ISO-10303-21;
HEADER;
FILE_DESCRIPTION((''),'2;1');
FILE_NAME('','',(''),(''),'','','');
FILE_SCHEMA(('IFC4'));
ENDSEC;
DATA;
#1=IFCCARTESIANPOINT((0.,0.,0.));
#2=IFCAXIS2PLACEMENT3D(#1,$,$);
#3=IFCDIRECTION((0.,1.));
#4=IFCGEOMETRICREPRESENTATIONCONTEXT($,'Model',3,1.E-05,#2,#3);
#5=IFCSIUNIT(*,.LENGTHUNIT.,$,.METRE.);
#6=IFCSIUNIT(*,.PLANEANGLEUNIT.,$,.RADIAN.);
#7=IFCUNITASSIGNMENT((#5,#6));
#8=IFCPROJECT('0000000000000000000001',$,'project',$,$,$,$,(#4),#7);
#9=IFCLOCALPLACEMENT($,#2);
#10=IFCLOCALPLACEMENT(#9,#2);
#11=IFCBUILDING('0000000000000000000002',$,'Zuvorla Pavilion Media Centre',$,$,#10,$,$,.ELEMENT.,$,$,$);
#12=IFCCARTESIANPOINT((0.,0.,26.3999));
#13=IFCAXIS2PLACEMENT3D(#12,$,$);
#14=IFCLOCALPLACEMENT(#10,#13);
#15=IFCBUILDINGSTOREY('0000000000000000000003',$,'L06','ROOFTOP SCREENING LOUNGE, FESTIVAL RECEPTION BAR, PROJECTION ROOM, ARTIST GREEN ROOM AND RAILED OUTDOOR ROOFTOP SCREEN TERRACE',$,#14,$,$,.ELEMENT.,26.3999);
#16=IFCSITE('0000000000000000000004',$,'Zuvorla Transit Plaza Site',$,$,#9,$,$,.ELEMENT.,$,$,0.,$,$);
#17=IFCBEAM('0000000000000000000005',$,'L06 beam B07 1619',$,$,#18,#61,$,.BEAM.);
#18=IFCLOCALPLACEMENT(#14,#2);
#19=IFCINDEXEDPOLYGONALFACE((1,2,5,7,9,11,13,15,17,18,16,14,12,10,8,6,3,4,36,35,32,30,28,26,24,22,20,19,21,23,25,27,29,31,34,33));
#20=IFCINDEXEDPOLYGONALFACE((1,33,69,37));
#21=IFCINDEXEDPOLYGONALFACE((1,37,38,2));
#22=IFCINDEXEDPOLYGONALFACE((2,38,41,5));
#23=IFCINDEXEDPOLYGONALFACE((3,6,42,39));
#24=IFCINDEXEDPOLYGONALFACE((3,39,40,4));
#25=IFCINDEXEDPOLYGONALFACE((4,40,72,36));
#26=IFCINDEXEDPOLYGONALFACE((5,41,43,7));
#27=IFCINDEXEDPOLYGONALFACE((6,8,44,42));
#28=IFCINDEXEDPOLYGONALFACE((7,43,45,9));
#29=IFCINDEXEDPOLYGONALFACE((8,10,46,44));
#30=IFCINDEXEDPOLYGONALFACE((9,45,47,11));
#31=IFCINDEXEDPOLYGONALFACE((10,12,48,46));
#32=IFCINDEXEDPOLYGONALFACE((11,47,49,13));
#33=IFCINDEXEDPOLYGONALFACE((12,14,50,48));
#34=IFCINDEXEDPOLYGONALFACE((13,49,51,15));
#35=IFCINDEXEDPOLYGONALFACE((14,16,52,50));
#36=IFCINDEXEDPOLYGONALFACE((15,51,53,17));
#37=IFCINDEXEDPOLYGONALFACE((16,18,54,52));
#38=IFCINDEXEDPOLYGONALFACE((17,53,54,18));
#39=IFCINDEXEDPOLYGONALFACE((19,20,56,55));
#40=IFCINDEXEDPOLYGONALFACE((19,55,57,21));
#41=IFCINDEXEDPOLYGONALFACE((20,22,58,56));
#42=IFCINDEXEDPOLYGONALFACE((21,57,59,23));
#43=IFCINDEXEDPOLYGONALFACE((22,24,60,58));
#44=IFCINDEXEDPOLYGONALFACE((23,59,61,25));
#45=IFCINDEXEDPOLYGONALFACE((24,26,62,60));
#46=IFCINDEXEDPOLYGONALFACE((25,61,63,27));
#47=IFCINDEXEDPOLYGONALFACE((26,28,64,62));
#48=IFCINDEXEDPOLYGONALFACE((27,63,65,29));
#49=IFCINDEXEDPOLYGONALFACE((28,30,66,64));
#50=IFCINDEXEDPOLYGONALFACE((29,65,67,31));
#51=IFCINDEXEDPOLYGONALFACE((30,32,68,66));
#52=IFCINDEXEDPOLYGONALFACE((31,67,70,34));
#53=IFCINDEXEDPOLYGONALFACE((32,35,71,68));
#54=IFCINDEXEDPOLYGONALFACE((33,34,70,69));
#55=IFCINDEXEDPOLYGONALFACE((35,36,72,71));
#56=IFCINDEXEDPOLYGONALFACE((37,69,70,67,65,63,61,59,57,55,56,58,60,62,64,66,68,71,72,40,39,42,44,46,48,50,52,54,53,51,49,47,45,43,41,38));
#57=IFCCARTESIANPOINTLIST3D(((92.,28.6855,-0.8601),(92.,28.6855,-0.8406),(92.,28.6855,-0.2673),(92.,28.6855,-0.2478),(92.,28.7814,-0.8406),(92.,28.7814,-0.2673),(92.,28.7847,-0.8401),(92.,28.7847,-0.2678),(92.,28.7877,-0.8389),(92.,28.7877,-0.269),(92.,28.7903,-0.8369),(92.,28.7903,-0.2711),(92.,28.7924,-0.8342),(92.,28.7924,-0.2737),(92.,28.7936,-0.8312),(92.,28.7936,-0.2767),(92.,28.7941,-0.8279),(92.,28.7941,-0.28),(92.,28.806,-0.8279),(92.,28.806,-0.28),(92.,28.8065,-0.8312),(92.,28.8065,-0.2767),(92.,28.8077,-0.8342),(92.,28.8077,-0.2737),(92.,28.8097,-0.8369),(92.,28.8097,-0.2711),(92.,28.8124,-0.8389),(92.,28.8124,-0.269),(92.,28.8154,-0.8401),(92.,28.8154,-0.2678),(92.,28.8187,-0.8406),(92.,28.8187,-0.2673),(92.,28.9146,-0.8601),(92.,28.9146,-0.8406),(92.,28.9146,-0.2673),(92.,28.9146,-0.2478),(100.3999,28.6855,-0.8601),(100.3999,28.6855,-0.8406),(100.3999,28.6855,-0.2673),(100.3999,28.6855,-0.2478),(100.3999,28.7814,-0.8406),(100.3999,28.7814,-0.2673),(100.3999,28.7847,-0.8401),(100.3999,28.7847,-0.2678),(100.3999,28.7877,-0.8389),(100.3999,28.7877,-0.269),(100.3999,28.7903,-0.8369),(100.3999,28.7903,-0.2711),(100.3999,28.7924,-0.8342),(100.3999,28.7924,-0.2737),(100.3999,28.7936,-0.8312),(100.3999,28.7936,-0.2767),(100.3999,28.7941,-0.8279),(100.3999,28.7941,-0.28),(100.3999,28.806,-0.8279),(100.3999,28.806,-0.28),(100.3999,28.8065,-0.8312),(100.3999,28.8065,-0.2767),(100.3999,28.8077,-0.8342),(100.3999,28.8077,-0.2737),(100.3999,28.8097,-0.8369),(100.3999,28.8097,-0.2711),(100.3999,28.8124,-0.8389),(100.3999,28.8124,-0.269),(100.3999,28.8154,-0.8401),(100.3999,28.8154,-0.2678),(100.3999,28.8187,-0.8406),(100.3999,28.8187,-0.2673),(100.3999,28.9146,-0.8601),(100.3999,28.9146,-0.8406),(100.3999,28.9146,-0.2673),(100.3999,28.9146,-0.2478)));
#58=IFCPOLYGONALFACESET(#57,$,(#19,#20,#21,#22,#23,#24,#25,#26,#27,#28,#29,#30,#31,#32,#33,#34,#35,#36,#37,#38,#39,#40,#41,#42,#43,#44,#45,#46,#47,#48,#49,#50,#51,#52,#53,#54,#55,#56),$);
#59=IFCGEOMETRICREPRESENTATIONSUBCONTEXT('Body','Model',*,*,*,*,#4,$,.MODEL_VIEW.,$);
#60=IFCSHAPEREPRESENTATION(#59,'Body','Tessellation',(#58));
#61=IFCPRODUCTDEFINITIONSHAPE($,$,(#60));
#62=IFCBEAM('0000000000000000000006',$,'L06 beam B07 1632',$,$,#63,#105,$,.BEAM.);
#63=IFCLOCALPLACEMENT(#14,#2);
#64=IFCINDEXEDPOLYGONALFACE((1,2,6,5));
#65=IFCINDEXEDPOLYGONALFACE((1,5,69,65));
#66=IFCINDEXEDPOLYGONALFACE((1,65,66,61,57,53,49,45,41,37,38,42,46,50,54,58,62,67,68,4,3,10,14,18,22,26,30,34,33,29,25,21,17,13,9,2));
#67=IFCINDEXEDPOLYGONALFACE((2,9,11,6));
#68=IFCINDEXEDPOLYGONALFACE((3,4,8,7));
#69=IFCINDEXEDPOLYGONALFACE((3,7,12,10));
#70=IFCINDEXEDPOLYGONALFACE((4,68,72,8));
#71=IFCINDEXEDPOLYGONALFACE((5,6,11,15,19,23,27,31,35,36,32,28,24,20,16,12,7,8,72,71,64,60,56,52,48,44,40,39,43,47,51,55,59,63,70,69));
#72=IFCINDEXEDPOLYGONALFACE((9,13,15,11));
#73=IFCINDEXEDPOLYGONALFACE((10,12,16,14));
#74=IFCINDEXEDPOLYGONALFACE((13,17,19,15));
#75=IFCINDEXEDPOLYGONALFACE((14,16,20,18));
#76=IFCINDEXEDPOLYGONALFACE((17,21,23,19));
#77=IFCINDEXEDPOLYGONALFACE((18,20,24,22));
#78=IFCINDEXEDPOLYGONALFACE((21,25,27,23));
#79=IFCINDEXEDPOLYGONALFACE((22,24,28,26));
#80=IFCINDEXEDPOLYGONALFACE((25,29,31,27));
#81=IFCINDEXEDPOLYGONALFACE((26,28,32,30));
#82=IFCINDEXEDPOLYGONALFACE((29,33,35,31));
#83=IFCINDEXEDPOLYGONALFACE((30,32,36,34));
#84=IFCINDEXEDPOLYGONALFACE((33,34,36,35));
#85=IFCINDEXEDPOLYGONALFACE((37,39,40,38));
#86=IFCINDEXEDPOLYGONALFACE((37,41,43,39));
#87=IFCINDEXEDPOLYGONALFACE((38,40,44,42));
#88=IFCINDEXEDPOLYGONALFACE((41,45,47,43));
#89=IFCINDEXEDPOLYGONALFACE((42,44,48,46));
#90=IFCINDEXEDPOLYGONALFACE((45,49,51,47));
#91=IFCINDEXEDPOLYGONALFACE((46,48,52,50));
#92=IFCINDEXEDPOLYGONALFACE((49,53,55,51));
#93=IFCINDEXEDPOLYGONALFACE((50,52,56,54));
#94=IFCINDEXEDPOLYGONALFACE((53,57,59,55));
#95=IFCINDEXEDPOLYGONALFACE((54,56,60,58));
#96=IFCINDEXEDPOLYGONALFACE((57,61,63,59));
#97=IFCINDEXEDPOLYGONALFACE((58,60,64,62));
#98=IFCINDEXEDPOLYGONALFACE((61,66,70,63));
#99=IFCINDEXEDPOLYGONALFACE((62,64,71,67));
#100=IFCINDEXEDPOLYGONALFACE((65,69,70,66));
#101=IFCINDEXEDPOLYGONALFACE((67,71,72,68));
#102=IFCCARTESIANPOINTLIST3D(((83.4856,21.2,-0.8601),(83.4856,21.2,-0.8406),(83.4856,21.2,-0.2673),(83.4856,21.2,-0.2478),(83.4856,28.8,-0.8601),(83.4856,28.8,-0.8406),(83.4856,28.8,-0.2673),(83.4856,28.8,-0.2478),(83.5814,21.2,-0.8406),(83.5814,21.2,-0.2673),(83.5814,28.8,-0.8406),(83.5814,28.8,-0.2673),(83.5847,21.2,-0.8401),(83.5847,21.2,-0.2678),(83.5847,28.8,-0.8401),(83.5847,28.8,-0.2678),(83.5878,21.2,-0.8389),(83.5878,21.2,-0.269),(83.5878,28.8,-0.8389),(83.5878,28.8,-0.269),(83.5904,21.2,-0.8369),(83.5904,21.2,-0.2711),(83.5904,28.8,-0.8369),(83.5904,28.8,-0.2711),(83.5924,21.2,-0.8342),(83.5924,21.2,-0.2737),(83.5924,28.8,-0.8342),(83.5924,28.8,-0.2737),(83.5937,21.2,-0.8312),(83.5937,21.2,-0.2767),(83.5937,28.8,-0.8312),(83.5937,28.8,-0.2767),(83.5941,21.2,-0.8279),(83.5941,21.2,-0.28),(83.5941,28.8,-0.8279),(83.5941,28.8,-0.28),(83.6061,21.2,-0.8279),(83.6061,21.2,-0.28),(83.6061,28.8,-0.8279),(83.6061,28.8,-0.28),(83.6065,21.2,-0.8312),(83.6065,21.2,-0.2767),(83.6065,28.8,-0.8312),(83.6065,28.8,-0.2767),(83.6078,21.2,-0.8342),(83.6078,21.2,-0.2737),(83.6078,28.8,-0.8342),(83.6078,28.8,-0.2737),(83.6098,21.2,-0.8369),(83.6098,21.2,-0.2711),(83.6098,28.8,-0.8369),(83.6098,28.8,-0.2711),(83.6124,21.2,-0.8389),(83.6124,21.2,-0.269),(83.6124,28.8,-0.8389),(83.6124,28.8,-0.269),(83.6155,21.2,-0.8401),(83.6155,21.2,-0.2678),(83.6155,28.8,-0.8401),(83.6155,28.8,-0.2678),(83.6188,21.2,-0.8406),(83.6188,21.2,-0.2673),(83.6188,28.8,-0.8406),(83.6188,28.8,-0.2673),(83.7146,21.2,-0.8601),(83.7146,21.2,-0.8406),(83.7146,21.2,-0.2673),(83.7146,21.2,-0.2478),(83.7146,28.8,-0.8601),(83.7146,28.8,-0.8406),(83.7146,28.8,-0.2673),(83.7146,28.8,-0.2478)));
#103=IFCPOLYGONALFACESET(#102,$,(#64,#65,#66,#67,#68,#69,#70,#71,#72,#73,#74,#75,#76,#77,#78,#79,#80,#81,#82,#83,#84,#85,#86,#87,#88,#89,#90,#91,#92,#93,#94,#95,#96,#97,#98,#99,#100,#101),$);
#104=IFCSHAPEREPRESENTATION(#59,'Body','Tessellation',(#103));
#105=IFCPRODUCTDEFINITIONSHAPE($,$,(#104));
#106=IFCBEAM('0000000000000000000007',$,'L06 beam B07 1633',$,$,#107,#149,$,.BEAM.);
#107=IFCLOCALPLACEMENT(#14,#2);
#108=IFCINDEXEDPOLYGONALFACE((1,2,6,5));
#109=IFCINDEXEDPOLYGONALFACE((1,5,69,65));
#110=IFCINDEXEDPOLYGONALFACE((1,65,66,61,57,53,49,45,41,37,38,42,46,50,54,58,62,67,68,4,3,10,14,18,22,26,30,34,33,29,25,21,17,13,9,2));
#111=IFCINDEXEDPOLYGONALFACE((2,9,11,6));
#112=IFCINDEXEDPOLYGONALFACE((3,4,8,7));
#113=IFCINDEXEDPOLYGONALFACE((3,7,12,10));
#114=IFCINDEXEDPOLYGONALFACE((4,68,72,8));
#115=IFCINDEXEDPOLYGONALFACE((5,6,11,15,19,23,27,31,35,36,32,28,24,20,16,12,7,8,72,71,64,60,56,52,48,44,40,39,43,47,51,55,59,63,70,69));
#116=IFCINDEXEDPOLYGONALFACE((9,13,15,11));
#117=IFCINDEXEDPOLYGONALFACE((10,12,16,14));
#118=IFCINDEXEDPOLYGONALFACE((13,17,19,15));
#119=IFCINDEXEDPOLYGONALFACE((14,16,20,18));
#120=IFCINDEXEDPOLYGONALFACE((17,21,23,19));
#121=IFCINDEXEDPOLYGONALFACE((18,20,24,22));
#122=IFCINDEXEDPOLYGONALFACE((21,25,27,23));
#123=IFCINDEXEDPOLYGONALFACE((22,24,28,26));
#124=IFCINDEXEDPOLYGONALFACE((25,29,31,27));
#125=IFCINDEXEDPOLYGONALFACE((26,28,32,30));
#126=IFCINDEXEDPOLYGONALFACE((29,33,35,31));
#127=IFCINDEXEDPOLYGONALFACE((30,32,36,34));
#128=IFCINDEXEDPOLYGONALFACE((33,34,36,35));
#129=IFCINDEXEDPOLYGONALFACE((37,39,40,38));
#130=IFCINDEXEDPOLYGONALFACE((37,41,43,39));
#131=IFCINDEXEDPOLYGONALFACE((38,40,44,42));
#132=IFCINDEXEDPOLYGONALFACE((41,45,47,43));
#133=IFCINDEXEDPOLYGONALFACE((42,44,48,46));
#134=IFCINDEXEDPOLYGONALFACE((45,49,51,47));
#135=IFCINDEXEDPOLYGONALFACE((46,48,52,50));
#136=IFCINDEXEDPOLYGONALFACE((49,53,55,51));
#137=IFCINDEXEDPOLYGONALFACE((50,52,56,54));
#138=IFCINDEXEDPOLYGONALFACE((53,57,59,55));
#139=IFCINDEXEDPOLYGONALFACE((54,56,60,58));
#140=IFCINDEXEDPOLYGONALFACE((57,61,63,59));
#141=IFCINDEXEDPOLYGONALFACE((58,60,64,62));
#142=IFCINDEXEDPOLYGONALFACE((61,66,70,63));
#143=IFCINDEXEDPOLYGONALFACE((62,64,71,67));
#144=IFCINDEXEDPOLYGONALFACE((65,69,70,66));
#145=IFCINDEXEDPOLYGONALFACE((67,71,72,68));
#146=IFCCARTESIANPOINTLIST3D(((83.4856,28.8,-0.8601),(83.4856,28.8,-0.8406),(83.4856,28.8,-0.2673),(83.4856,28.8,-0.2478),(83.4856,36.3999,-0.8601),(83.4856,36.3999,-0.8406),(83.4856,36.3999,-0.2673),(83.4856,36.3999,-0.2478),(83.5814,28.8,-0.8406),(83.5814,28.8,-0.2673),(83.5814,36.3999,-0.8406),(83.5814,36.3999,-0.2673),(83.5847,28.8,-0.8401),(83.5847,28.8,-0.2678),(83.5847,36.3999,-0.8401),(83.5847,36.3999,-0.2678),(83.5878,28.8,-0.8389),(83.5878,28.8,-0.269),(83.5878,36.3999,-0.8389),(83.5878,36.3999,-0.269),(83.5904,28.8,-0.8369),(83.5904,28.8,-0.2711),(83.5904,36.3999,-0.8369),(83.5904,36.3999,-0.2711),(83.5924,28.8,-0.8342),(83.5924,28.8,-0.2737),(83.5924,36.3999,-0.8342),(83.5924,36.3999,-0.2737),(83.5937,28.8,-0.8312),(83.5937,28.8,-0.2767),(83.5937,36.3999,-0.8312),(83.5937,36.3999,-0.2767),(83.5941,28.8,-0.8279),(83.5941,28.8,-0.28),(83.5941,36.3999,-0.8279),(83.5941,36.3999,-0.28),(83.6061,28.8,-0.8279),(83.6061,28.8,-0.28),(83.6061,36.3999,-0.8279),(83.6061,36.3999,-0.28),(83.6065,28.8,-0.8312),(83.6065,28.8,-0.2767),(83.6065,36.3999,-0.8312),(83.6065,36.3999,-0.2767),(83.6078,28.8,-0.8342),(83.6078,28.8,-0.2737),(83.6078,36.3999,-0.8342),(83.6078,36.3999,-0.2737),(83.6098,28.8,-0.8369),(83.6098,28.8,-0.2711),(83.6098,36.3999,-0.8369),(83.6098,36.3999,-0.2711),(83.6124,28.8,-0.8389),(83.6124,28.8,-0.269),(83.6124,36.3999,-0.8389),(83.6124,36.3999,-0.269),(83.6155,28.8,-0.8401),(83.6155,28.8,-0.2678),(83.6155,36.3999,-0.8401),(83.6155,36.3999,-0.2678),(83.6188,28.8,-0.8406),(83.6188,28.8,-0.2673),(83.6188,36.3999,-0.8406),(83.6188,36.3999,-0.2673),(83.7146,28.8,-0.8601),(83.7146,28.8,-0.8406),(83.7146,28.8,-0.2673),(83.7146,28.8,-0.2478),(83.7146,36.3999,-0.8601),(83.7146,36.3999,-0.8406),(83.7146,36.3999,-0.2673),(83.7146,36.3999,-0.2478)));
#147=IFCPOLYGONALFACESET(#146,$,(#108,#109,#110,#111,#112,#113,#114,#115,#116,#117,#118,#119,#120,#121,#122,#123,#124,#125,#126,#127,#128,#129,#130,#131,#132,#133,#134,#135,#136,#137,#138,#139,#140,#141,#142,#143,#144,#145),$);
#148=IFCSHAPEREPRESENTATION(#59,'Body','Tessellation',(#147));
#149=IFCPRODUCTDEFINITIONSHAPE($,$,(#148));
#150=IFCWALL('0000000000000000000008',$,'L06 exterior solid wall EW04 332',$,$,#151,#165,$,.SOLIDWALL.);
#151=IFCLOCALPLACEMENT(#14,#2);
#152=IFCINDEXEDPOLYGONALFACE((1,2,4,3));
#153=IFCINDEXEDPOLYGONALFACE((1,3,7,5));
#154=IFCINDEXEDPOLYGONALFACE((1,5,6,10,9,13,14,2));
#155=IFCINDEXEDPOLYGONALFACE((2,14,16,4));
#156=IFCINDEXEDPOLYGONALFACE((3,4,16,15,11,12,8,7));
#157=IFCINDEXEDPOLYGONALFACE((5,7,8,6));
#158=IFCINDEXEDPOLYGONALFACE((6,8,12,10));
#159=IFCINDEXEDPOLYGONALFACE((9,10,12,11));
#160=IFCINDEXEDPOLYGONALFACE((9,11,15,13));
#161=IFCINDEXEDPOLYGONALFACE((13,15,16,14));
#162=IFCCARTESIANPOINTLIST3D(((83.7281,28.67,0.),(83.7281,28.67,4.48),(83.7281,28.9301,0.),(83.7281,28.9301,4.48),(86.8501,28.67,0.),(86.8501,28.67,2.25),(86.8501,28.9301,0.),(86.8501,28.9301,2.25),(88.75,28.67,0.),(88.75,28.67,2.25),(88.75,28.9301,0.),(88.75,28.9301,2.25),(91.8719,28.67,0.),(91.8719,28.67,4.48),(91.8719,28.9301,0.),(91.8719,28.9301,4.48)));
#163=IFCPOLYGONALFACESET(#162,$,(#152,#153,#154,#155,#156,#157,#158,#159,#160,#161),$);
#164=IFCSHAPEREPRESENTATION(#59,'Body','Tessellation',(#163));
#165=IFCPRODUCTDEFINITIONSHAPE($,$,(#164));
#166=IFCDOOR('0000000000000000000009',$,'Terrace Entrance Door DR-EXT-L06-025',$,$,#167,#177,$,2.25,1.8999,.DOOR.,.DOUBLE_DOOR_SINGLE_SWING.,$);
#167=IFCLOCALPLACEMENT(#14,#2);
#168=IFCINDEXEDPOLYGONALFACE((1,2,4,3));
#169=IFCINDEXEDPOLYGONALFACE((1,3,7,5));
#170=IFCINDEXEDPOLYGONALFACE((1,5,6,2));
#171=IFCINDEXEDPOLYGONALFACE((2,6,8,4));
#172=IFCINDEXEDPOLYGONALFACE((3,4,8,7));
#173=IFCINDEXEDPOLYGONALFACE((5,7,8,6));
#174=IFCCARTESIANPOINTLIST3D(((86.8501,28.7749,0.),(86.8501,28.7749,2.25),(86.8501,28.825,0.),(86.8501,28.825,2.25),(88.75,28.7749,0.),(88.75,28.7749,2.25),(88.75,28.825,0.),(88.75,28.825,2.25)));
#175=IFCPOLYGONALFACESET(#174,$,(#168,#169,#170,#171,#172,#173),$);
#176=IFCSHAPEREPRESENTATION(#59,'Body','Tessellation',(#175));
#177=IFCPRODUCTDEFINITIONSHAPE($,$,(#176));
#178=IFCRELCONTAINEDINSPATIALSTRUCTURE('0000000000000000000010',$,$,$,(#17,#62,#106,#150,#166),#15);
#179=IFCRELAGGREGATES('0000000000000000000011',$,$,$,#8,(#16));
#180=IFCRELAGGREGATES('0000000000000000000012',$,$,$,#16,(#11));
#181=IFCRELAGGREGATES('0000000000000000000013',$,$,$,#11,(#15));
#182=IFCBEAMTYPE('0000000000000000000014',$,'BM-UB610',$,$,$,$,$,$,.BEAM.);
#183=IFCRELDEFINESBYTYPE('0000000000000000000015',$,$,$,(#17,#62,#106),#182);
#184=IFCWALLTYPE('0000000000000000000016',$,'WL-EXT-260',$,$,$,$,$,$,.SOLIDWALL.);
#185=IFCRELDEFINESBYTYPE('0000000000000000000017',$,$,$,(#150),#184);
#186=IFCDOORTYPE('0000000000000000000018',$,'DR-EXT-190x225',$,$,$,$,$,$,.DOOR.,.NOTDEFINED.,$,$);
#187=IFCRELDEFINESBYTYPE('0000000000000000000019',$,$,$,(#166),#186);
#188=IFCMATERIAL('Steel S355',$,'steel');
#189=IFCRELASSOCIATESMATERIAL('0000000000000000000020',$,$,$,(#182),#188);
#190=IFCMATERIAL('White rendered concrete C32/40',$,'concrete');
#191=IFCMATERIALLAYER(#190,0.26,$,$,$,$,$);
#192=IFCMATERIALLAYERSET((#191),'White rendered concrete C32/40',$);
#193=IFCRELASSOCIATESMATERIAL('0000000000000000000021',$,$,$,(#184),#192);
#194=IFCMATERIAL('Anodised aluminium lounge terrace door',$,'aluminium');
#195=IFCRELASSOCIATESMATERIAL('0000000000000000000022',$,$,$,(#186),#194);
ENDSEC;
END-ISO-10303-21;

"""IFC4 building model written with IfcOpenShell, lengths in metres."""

from ifc_helpers import new_model, si_unit, direction, frame, frame_2d, origin, origin_2d, place, context, subcontext, project, spatial, rectangle, i_section, extrude, material, layer, layer_set, material_profile, profile_set, type_object, element, fill, save


model = new_model("IFC4")

# Units and contexts
model_context = context("Model", 3, precision=1e-05, world=origin(), true_north=direction((0.0, 1.0)))
body_context = subcontext(model_context, "Body", "Model", "MODEL_VIEW")
ifc_project = project(units=[si_unit("LENGTHUNIT", "METRE"), si_unit("PLANEANGLEUNIT", "RADIAN")], contexts=[model_context])

# Site, building, storey
site_placement = place(None, origin())
site = spatial("IfcSite", under=ifc_project, at=site_placement, Name="Zuvorla Transit Plaza Site", CompositionType="ELEMENT", RefElevation=0.0)
building_placement = place(site_placement, origin())
building = spatial("IfcBuilding", under=site, at=building_placement, Name="Zuvorla Pavilion Media Centre", CompositionType="ELEMENT")
storey_placement = place(building_placement, frame((0.0, 0.0, 26.3999)))
storey = spatial("IfcBuildingStorey", under=building, at=storey_placement, Name="L06", Description="ROOFTOP SCREENING LOUNGE, FESTIVAL RECEPTION BAR, PROJECTION ROOM, ARTIST GREEN ROOM AND RAILED OUTDOOR ROOFTOP SCREEN TERRACE", CompositionType="ELEMENT", Elevation=26.3999)

# Shared definitions
ifc_material_1 = material(Name="Steel S355", Category="steel")

# Beams
ifc_material_profile_1 = material_profile(ifc_material_1, i_section(OverallWidth=0.229, OverallDepth=0.6123, WebThickness=0.012, FlangeThickness=0.0195, FilletRadius=0.0127, at=origin_2d()), Name="UB 610x229x125")
ifc_profile_set_1 = profile_set([ifc_material_profile_1], Name="Steel S355")
beam_type_1 = type_object("IfcBeamType", Name="BM-UB610", PredefinedType="BEAM", material=ifc_profile_set_1)
for number, where, z_axis, x_axis, name in (
    (1, (92.0, 28.8, -0.554), (1.0, 0.0, 0.0), (0.0, 1.0, 0.0), "L06 beam B07 1619"),
):
    element("IfcBeam", number, at=place(storey_placement, frame(where, z_axis=z_axis, x_axis=x_axis)), inside=storey, type_object=beam_type_1, Name=name, PredefinedType="BEAM", context=body_context, shape_type="SweptSolid", body=[
        extrude(i_section(OverallWidth=0.229, OverallDepth=0.6123, WebThickness=0.012, FlangeThickness=0.0195, FilletRadius=0.0127, at=origin_2d()), origin(), (0.0, 0.0, 1.0), 8.3999),
    ])
beam_1_placement = place(storey_placement, frame((83.6001, 21.2, -0.554), z_axis=(0.0, 1.0, 0.0), x_axis=(-1.0, 0.0, 0.0)))
element("IfcBeam", 2, at=beam_1_placement, inside=storey, type_object=beam_type_1, Name="L06 beam B07 1632", PredefinedType="BEAM", context=body_context, shape_type="SweptSolid", body=[
    extrude(i_section(OverallWidth=0.229, OverallDepth=0.6123, WebThickness=0.012, FlangeThickness=0.0195, FilletRadius=0.0127, at=origin_2d()), origin(), (0.0, 0.0, 1.0), 7.6001),
])
beam_2_placement = place(storey_placement, frame((83.6001, 28.8, -0.554), z_axis=(0.0, 1.0, 0.0), x_axis=(-1.0, 0.0, 0.0)))
element("IfcBeam", 3, at=beam_2_placement, inside=storey, type_object=beam_type_1, Name="L06 beam B07 1633", PredefinedType="BEAM", context=body_context, shape_type="SweptSolid", body=[
    extrude(i_section(OverallWidth=0.229, OverallDepth=0.6123, WebThickness=0.012, FlangeThickness=0.0195, FilletRadius=0.0127, at=origin_2d()), origin(), (0.0, 0.0, 1.0), 7.5999),
])

# Wall, opening, door
ifc_material_2 = material(Name="White rendered concrete C32/40", Category="concrete")
ifc_layer_1 = layer(ifc_material_2, 0.26)
ifc_layer_set_1 = layer_set([ifc_layer_1], Name="White rendered concrete C32/40")
wall_type_1 = type_object("IfcWallType", Name="WL-EXT-260", PredefinedType="SOLIDWALL", material=ifc_layer_set_1)
wall_1_placement = place(storey_placement, frame((91.8718, 28.8, 0.0), z_axis=(0.0, 0.0, 1.0), x_axis=(-1.0, 0.0, 0.0)))
wall_1 = element("IfcWall", 4, at=wall_1_placement, inside=storey, type_object=wall_type_1, Name="L06 exterior solid wall EW04 332", PredefinedType="SOLIDWALL", context=body_context, shape_type="SweptSolid", body=[
    extrude(rectangle(XDim=8.1438, YDim=0.26, at=frame_2d((4.0718, 0.0))), origin(), (0.0, 0.0, 1.0), 4.48),
])
opening_1_placement = place(wall_1_placement, frame((3.1218, 0.0, 0.0)))
opening_1 = element("IfcOpeningElement", 5, at=opening_1_placement, cuts=wall_1, PredefinedType="OPENING", context=body_context, shape_type="SweptSolid", body=[
    extrude(rectangle(XDim=1.8999, YDim=2.25, at=frame_2d((0.95, 1.125))), frame((0.0, 0.1399, 0.0), z_axis=(0.0, -1.0, 0.0), x_axis=(1.0, 0.0, 0.0)), (0.0, 0.0, 1.0), 0.28),
])
ifc_material_3 = material(Name="Anodised aluminium lounge terrace door", Category="aluminium")
door_type_1 = type_object("IfcDoorType", Name="DR-EXT-190x225", OperationType="NOTDEFINED", PredefinedType="DOOR", material=ifc_material_3)
door_1_placement = place(opening_1_placement, frame((1.8999, 0.0, 0.0), z_axis=(0.0, 0.0, 1.0), x_axis=(-1.0, 0.0, 0.0)))
door_1 = element("IfcDoor", 6, at=door_1_placement, inside=storey, type_object=door_type_1, Name="Terrace Entrance Door DR-EXT-L06-025", OperationType="DOUBLE_DOOR_SINGLE_SWING", OverallHeight=2.25, OverallWidth=1.8999, PredefinedType="DOOR", context=body_context, shape_type="SweptSolid", body=[
    extrude(rectangle(XDim=1.8999, YDim=2.25, at=frame_2d((0.95, 1.125))), frame((0.0, 0.0249, 0.0), z_axis=(0.0, -1.0, 0.0), x_axis=(1.0, 0.0, 0.0)), (0.0, 0.0, 1.0), 0.05),
])
fill(opening_1, door_1)

save(model, "model.ifc")
